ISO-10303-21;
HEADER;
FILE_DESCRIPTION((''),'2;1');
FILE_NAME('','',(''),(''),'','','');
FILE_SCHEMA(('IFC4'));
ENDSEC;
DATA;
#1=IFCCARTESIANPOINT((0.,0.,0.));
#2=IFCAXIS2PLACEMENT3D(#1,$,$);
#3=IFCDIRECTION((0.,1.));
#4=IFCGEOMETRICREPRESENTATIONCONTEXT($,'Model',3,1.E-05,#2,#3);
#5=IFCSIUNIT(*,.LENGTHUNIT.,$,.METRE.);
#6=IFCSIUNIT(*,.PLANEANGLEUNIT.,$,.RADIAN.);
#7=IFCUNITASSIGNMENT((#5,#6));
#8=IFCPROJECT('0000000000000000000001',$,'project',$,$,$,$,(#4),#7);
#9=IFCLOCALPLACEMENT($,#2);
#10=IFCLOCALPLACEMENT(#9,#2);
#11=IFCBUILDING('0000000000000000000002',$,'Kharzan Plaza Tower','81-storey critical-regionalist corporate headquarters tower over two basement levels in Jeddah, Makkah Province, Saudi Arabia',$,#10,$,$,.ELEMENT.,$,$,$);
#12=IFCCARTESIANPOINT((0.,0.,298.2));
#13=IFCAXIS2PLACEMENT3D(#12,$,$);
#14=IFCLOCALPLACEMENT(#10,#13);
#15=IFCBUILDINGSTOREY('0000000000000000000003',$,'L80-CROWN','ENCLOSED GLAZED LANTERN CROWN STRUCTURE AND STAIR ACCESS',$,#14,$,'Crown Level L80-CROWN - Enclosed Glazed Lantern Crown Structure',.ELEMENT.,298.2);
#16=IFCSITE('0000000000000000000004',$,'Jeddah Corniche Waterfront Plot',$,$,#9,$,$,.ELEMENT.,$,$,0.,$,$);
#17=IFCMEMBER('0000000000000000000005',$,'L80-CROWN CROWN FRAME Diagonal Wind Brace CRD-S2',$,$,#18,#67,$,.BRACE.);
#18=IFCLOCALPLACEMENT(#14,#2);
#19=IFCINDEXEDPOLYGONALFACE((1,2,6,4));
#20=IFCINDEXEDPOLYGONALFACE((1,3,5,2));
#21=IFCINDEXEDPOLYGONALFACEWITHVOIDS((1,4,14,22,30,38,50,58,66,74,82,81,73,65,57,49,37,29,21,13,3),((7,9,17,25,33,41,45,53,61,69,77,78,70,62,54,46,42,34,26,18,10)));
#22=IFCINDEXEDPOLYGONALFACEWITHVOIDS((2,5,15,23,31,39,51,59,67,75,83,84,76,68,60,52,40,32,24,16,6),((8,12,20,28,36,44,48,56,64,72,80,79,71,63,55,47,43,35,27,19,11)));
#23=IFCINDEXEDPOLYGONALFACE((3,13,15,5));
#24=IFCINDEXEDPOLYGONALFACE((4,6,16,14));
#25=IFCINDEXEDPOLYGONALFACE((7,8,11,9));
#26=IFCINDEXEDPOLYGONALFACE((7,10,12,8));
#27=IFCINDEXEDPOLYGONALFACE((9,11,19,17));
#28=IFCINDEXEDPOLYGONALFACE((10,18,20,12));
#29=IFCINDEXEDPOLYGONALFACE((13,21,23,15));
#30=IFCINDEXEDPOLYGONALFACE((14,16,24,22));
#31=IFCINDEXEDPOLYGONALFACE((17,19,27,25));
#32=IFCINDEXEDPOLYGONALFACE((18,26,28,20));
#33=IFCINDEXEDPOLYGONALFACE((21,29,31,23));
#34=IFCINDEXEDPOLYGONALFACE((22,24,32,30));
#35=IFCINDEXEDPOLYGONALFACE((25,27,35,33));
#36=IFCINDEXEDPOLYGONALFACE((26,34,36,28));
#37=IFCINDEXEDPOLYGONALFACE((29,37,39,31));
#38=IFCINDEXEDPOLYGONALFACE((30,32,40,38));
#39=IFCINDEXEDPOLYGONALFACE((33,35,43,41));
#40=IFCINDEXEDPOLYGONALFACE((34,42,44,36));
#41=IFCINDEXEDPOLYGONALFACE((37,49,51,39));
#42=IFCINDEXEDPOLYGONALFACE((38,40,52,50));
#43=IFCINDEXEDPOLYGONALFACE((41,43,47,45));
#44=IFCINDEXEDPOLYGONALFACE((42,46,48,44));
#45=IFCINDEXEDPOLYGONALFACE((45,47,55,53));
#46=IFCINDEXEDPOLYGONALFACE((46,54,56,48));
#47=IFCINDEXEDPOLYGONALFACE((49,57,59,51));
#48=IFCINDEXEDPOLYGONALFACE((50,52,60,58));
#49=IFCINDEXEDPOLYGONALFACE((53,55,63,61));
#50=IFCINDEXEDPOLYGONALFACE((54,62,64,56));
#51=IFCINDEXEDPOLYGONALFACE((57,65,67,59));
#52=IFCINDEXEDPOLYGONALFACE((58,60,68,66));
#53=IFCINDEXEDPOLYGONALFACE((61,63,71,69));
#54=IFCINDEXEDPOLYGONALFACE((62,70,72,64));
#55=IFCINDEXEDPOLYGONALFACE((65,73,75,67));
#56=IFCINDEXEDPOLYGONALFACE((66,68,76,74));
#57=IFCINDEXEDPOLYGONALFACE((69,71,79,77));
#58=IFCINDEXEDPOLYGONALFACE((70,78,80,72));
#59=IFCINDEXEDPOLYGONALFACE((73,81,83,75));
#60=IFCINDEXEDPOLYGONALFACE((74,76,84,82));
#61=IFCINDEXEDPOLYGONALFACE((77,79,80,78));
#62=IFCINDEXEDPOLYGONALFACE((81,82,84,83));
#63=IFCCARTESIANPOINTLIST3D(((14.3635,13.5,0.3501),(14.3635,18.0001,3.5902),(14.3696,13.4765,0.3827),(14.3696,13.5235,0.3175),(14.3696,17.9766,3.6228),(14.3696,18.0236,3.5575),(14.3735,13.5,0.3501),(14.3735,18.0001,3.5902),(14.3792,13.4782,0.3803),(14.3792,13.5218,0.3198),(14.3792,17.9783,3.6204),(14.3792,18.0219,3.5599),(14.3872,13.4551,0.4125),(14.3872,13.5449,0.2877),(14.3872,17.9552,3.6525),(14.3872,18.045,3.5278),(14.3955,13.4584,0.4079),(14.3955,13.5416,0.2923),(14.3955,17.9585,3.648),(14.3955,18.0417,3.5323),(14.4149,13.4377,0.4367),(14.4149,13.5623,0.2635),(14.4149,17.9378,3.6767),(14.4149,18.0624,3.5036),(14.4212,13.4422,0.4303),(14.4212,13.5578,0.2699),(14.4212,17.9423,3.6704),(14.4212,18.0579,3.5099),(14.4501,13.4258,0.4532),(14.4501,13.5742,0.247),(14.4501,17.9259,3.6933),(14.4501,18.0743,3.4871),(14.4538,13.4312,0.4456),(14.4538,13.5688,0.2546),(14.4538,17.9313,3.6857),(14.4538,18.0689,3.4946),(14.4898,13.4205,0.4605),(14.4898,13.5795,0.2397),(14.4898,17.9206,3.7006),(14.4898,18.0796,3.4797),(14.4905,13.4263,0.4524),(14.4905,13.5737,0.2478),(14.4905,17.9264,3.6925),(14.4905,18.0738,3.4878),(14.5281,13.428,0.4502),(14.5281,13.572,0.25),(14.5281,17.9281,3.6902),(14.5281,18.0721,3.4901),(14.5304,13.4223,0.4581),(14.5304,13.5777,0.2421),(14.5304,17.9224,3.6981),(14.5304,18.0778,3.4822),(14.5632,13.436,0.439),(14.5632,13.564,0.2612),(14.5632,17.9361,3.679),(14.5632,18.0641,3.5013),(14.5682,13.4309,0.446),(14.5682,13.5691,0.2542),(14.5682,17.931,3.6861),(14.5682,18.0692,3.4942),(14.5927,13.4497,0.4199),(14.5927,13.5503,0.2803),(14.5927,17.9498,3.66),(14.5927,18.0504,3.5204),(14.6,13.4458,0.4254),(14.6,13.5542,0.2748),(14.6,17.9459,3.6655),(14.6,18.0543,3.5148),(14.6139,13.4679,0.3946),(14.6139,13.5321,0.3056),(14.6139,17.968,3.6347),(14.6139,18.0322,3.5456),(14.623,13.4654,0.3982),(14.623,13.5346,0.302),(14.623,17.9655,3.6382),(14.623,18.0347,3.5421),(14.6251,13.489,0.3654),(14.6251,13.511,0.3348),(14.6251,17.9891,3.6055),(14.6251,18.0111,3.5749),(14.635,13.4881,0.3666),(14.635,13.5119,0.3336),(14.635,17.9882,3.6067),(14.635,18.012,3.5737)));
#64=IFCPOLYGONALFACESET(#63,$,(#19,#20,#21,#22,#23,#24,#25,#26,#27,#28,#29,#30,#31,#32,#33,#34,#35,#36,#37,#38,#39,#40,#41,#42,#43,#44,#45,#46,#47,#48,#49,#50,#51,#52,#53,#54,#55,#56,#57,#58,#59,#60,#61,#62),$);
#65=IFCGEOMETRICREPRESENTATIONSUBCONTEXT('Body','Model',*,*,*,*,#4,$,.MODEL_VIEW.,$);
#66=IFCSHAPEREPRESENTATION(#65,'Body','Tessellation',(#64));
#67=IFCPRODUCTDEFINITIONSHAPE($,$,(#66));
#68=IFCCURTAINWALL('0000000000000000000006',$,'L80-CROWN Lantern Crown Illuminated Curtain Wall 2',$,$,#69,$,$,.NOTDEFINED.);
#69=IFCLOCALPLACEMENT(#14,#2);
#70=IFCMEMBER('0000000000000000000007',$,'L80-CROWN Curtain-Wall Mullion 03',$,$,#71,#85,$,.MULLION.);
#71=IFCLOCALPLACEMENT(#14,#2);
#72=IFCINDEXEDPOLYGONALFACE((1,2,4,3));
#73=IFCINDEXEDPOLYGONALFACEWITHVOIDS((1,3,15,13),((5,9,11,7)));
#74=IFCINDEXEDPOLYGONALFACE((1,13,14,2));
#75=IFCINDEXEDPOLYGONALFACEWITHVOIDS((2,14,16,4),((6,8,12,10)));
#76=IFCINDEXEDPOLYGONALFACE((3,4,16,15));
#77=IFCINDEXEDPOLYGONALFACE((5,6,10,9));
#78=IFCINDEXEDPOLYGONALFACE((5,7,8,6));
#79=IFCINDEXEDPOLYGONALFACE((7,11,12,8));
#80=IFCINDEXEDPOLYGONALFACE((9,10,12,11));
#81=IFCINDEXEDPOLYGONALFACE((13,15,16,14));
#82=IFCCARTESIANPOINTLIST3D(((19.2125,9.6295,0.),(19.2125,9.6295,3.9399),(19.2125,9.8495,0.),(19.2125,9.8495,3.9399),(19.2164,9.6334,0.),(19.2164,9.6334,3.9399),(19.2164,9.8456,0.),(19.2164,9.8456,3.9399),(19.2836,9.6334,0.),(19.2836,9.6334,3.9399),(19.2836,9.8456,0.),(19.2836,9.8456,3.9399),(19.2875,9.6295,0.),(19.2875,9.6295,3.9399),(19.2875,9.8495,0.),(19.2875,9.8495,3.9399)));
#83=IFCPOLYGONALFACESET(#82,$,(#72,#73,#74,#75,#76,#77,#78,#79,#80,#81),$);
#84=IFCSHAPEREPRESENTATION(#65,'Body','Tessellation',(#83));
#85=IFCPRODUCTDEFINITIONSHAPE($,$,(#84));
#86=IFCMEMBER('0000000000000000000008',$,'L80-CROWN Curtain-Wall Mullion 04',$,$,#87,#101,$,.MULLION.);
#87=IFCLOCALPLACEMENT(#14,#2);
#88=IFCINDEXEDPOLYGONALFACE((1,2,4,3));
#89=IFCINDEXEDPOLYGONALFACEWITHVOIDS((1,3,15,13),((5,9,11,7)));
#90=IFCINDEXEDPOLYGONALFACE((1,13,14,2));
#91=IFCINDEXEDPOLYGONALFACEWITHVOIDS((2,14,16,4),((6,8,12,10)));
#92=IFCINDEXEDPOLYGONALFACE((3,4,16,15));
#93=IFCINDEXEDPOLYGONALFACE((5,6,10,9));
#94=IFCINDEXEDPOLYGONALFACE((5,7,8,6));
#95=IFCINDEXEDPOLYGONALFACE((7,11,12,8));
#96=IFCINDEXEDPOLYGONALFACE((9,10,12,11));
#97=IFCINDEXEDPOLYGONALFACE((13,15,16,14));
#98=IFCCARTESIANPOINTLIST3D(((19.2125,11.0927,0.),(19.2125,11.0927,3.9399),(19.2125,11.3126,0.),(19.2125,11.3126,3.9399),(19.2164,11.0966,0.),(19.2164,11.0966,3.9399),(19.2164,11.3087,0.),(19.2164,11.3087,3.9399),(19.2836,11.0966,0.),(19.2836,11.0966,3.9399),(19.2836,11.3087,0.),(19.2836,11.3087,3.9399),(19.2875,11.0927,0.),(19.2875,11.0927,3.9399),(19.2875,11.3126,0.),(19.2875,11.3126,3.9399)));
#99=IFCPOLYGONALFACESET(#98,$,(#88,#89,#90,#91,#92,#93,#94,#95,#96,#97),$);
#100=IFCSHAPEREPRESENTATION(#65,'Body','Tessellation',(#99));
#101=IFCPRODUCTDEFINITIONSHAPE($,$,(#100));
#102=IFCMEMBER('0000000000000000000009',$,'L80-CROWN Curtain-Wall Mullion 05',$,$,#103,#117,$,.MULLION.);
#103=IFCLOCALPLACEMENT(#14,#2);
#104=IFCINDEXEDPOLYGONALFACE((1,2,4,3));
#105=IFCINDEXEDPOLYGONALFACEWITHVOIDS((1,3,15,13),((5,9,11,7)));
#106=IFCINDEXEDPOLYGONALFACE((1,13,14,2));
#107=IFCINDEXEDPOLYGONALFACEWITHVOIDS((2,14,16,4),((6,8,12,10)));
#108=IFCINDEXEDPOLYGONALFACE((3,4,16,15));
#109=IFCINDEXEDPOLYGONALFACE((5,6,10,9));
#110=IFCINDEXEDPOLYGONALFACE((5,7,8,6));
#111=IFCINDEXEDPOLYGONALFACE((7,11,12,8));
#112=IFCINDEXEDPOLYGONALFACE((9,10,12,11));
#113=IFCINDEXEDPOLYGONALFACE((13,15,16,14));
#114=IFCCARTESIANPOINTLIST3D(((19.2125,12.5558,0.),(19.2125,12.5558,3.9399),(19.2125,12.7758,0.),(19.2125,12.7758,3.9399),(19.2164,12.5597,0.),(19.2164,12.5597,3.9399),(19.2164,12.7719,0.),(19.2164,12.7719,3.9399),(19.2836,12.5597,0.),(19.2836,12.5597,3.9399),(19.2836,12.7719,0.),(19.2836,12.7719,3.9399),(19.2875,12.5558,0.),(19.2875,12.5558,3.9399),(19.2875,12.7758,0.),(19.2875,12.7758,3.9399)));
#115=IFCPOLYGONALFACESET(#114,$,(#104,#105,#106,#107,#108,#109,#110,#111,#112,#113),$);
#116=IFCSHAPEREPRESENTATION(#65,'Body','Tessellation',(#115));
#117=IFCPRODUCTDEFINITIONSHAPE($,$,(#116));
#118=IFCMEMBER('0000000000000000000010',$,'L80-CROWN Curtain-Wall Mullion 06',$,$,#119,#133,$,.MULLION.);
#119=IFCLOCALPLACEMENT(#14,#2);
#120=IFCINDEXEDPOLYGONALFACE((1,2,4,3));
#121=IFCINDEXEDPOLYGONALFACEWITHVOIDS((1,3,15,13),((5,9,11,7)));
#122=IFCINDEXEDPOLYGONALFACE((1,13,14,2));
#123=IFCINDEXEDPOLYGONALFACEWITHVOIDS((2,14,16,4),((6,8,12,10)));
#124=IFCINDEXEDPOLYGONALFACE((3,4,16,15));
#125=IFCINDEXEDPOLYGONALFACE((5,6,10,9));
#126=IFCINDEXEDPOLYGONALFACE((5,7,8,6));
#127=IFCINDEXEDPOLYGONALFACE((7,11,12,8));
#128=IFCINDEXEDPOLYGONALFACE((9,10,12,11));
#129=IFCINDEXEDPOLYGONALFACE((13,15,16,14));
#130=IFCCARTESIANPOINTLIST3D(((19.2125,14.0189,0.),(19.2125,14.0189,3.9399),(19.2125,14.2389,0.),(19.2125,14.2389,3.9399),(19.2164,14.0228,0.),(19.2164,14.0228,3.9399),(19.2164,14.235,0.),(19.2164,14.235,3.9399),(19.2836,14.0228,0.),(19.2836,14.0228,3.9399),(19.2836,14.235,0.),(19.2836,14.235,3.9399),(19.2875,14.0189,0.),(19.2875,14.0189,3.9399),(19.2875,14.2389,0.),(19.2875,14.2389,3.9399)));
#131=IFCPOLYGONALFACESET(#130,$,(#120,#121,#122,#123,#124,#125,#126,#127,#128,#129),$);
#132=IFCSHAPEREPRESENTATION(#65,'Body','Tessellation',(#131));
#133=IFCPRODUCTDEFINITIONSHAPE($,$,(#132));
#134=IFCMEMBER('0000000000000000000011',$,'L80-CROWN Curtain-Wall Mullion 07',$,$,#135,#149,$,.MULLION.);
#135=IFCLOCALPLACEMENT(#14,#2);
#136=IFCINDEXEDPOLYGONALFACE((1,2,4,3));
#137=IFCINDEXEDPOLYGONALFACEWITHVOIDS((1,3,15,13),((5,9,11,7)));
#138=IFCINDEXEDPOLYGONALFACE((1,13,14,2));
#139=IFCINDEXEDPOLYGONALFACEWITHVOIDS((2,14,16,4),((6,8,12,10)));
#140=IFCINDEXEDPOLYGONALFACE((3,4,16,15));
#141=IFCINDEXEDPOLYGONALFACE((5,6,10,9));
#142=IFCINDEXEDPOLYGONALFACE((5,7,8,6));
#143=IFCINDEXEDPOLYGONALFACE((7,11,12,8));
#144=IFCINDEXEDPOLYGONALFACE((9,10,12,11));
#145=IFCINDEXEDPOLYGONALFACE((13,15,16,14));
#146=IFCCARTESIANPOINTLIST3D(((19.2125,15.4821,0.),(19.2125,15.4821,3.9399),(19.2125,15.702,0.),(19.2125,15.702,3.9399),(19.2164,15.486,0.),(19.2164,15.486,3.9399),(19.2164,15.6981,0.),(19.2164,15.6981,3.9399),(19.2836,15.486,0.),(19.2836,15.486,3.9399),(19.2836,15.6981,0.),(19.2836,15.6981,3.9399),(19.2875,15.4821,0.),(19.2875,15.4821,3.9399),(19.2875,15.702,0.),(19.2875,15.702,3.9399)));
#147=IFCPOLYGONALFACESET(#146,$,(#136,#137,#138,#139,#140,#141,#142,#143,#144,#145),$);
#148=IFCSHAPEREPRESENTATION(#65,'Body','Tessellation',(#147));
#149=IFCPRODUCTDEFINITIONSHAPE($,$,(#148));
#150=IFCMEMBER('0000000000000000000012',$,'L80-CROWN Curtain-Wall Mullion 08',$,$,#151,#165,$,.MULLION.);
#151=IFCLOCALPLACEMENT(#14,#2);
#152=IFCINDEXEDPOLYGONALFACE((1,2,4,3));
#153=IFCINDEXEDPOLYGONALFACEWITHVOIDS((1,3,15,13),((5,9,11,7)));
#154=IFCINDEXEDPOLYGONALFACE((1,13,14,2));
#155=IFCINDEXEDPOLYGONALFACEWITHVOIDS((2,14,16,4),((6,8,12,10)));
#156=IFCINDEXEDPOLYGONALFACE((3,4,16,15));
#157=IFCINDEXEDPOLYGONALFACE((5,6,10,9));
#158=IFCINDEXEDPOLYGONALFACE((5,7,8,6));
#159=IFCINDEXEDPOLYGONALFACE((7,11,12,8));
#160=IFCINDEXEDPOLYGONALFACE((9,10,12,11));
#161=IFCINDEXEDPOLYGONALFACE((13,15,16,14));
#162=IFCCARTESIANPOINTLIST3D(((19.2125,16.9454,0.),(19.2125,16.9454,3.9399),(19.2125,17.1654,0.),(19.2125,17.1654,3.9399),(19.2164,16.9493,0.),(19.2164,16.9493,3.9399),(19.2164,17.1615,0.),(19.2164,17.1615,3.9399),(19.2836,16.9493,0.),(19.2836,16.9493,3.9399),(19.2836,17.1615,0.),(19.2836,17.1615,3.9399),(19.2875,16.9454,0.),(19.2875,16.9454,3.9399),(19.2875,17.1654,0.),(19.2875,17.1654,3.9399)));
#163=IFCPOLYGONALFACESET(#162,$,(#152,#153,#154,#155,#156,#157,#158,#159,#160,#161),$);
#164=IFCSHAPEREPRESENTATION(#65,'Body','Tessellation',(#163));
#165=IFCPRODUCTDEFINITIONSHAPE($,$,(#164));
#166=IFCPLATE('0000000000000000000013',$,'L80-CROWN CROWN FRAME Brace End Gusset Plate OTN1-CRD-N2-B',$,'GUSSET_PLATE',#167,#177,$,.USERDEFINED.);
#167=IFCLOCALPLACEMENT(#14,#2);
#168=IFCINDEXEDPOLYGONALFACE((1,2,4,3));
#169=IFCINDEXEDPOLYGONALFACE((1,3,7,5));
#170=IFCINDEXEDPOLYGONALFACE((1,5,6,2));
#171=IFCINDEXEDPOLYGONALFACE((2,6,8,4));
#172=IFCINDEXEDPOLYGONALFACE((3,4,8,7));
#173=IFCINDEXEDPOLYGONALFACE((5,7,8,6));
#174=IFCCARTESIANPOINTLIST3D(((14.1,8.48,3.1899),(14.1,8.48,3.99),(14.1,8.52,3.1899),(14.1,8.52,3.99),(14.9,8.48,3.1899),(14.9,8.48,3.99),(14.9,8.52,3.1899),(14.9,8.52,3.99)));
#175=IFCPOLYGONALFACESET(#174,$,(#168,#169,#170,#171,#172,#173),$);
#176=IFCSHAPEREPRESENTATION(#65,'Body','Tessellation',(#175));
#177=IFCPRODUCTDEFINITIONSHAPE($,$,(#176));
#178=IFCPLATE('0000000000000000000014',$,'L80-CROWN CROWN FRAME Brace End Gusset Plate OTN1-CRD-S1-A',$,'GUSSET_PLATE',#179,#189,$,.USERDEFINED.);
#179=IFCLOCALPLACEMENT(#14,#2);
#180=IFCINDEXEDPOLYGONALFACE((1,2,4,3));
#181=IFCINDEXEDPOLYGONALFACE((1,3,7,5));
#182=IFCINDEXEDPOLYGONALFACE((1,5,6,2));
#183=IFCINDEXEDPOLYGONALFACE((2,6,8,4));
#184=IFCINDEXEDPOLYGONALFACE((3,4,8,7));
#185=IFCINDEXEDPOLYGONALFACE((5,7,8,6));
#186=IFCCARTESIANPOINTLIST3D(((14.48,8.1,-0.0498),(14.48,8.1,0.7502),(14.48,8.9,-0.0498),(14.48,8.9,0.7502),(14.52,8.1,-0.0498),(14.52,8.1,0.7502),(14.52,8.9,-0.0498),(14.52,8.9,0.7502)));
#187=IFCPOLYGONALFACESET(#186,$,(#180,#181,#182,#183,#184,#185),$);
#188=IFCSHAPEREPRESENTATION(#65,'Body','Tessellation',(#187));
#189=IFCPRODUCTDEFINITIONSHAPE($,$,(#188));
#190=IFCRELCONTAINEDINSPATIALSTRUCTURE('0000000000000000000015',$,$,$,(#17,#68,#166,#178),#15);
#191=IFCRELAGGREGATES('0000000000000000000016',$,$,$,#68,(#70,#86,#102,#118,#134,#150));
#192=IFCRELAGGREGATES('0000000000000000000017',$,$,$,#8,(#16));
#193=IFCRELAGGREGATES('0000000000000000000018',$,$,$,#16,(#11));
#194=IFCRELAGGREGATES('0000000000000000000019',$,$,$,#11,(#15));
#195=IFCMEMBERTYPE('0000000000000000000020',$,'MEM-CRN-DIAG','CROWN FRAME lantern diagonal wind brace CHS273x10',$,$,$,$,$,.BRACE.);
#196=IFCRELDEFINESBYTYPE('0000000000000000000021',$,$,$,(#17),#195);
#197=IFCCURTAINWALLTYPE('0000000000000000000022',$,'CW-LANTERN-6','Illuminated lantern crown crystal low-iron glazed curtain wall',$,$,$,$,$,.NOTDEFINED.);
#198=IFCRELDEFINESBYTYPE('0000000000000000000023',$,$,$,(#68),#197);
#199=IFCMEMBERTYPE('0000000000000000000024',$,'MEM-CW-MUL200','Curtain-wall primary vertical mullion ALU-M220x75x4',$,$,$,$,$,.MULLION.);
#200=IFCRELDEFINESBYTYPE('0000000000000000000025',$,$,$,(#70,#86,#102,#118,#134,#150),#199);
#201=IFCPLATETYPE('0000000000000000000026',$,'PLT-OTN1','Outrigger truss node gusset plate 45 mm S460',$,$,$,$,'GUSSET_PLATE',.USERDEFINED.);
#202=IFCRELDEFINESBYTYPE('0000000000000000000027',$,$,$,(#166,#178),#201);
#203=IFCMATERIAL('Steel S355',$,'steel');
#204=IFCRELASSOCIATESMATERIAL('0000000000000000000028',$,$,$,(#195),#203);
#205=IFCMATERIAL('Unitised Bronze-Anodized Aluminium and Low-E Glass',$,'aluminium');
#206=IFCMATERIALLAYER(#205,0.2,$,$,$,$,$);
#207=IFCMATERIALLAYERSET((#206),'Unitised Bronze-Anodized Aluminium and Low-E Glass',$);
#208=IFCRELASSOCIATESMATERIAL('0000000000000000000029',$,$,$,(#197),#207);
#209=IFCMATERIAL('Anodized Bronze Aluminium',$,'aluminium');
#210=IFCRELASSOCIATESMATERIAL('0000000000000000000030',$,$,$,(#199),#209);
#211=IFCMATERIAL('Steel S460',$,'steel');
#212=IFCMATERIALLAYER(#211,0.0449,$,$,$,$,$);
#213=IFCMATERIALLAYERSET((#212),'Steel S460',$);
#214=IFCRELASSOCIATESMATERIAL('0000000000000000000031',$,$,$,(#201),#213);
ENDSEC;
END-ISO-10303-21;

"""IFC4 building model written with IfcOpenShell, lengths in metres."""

from ifc_helpers import new_model, si_unit, direction, frame, origin, origin_2d, place, context, subcontext, project, spatial, rectangle, hollow_rectangle, hollow_circle, extrude, source, transform, mapped, material, layer, layer_set, material_profile, profile_set, type_object, element, aggregate, save


model = new_model("IFC4")

# Units and contexts
model_context = context("Model", 3, precision=1e-05, world=origin(), true_north=direction((0.0, 1.0)))
body_context = subcontext(model_context, "Body", "Model", "MODEL_VIEW")
ifc_project = project(units=[si_unit("LENGTHUNIT", "METRE"), si_unit("PLANEANGLEUNIT", "RADIAN")], contexts=[model_context])

# Site, building, storey
site_placement = place(None, origin())
site = spatial("IfcSite", under=ifc_project, at=site_placement, Name="Jeddah Corniche Waterfront Plot", CompositionType="ELEMENT", RefElevation=0.0)
building_placement = place(site_placement, origin())
building = spatial("IfcBuilding", under=site, at=building_placement, Name="Kharzan Plaza Tower", Description="81-storey critical-regionalist corporate headquarters tower over two basement levels in Jeddah, Makkah Province, Saudi Arabia", CompositionType="ELEMENT")
storey_placement = place(building_placement, frame((0.0, 0.0, 298.2)))
storey = spatial("IfcBuildingStorey", under=building, at=storey_placement, Name="L80-CROWN", Description="ENCLOSED GLAZED LANTERN CROWN STRUCTURE AND STAIR ACCESS", LongName="Crown Level L80-CROWN - Enclosed Glazed Lantern Crown Structure", CompositionType="ELEMENT", Elevation=298.2)

# Shared definitions
ifc_material_1 = material(Name="Steel S355", Category="steel")

# Member
ifc_material_profile_1 = material_profile(ifc_material_1, hollow_circle(Radius=0.1365, WallThickness=0.01, at=origin_2d()), Name="CHS273x10")
ifc_profile_set_1 = profile_set([ifc_material_profile_1], Name="Steel S355")
member_type_1 = type_object("IfcMemberType", Name="MEM-CRN-DIAG", Description="CROWN FRAME lantern diagonal wind brace CHS273x10", PredefinedType="BRACE", material=ifc_profile_set_1)
shared_shape_1 = source(origin(), body_context, "Body", "SweptSolid", [
    extrude(hollow_circle(Radius=0.1365, WallThickness=0.01, at=origin_2d()), origin(), (0.0, 0.0, 1.0), 5.5452),
])
member_1_placement = place(storey_placement, frame((14.5, 13.5, 0.3501), z_axis=(0.0, 0.811535, 0.584304), x_axis=(-1.0, 0.0, 0.0)))
element("IfcMember", 1, at=member_1_placement, inside=storey, type_object=member_type_1, Name="L80-CROWN CROWN FRAME Diagonal Wind Brace CRD-S2", PredefinedType="BRACE", context=body_context, shape_type="MappedRepresentation", body=[
    mapped(shared_shape_1, transform((0.0, 0.0, 0.0), x_axis=(1.0, 0.0, 0.0), y_axis=(0.0, 1.0, 0.0), z_axis=(0.0, 0.0, 1.0))),
])

# Curtain wall, members
ifc_material_2 = material(Name="Unitised Bronze-Anodized Aluminium and Low-E Glass", Category="aluminium")
ifc_layer_1 = layer(ifc_material_2, 0.2)
ifc_layer_set_1 = layer_set([ifc_layer_1], Name="Unitised Bronze-Anodized Aluminium and Low-E Glass")
curtain_wall_type = type_object("IfcCurtainWallType", Name="CW-LANTERN-6", Description="Illuminated lantern crown crystal low-iron glazed curtain wall", PredefinedType="NOTDEFINED", material=ifc_layer_set_1)
curtain_wall_placement = place(storey_placement, origin())
curtain_wall = element("IfcCurtainWall", 2, at=curtain_wall_placement, inside=storey, type_object=curtain_wall_type, Name="L80-CROWN Lantern Crown Illuminated Curtain Wall 2", PredefinedType="NOTDEFINED")
ifc_material_3 = material(Name="Anodized Bronze Aluminium", Category="aluminium")
ifc_material_profile_2 = material_profile(ifc_material_3, hollow_rectangle(XDim=0.075, YDim=0.22, WallThickness=0.0039, at=origin_2d()), Name="ALU-M220x75x4")
ifc_profile_set_2 = profile_set([ifc_material_profile_2], Name="Anodized Bronze Aluminium")
member_type_2 = type_object("IfcMemberType", Name="MEM-CW-MUL200", Description="Curtain-wall primary vertical mullion ALU-M220x75x4", PredefinedType="MULLION", material=ifc_profile_set_2)
shared_shape_2 = source(origin(), body_context, "Body", "SweptSolid", [
    extrude(hollow_rectangle(XDim=0.075, YDim=0.22, WallThickness=0.0039, at=origin_2d()), origin(), (0.0, 0.0, 1.0), 3.9399),
])
member_2_placement = place(storey_placement, frame((19.25, 9.7395, 0.0), z_axis=(0.0, 0.0, 1.0), x_axis=(1.0, 0.0, 0.0)))
member_2 = element("IfcMember", 3, at=member_2_placement, type_object=member_type_2, Name="L80-CROWN Curtain-Wall Mullion 03", PredefinedType="MULLION", context=body_context, shape_type="MappedRepresentation", body=[
    mapped(shared_shape_2, transform((0.0, 0.0, 0.0), x_axis=(1.0, 0.0, 0.0), y_axis=(0.0, 1.0, 0.0), z_axis=(0.0, 0.0, 1.0))),
])
member_3_placement = place(storey_placement, frame((19.25, 11.2026, 0.0), z_axis=(0.0, 0.0, 1.0), x_axis=(1.0, 0.0, 0.0)))
member_3 = element("IfcMember", 4, at=member_3_placement, type_object=member_type_2, Name="L80-CROWN Curtain-Wall Mullion 04", PredefinedType="MULLION", context=body_context, shape_type="MappedRepresentation", body=[
    mapped(shared_shape_2, transform((0.0, 0.0, 0.0), x_axis=(1.0, 0.0, 0.0), y_axis=(0.0, 1.0, 0.0), z_axis=(0.0, 0.0, 1.0))),
])
member_4_placement = place(storey_placement, frame((19.25, 12.6658, 0.0), z_axis=(0.0, 0.0, 1.0), x_axis=(1.0, 0.0, 0.0)))
member_4 = element("IfcMember", 5, at=member_4_placement, type_object=member_type_2, Name="L80-CROWN Curtain-Wall Mullion 05", PredefinedType="MULLION", context=body_context, shape_type="MappedRepresentation", body=[
    mapped(shared_shape_2, transform((0.0, 0.0, 0.0), x_axis=(1.0, 0.0, 0.0), y_axis=(0.0, 1.0, 0.0), z_axis=(0.0, 0.0, 1.0))),
])
member_5_placement = place(storey_placement, frame((19.25, 14.1289, 0.0), z_axis=(0.0, 0.0, 1.0), x_axis=(1.0, 0.0, 0.0)))
member_5 = element("IfcMember", 6, at=member_5_placement, type_object=member_type_2, Name="L80-CROWN Curtain-Wall Mullion 06", PredefinedType="MULLION", context=body_context, shape_type="MappedRepresentation", body=[
    mapped(shared_shape_2, transform((0.0, 0.0, 0.0), x_axis=(1.0, 0.0, 0.0), y_axis=(0.0, 1.0, 0.0), z_axis=(0.0, 0.0, 1.0))),
])
member_6_placement = place(storey_placement, frame((19.25, 15.592, 0.0), z_axis=(0.0, 0.0, 1.0), x_axis=(1.0, 0.0, 0.0)))
member_6 = element("IfcMember", 7, at=member_6_placement, type_object=member_type_2, Name="L80-CROWN Curtain-Wall Mullion 07", PredefinedType="MULLION", context=body_context, shape_type="MappedRepresentation", body=[
    mapped(shared_shape_2, transform((0.0, 0.0, 0.0), x_axis=(1.0, 0.0, 0.0), y_axis=(0.0, 1.0, 0.0), z_axis=(0.0, 0.0, 1.0))),
])
member_7_placement = place(storey_placement, frame((19.25, 17.0554, 0.0), z_axis=(0.0, 0.0, 1.0), x_axis=(1.0, 0.0, 0.0)))
member_7 = element("IfcMember", 8, at=member_7_placement, type_object=member_type_2, Name="L80-CROWN Curtain-Wall Mullion 08", PredefinedType="MULLION", context=body_context, shape_type="MappedRepresentation", body=[
    mapped(shared_shape_2, transform((0.0, 0.0, 0.0), x_axis=(1.0, 0.0, 0.0), y_axis=(0.0, 1.0, 0.0), z_axis=(0.0, 0.0, 1.0))),
])

# Plates
ifc_material_4 = material(Name="Steel S460", Category="steel")
ifc_layer_2 = layer(ifc_material_4, 0.0449)
ifc_layer_set_2 = layer_set([ifc_layer_2], Name="Steel S460")
plate_type_1 = type_object("IfcPlateType", Name="PLT-OTN1", Description="Outrigger truss node gusset plate 45 mm S460", ElementType="GUSSET_PLATE", PredefinedType="USERDEFINED", material=ifc_layer_set_2)
shared_shape_3 = source(origin(), body_context, "Body", "SweptSolid", [
    extrude(rectangle(XDim=0.8, YDim=0.04, at=origin_2d()), origin(), (0.0, 0.0, 1.0), 0.8),
])
for number, where, z_axis, x_axis, name in (
    (9, (14.5, 8.5, 3.1899), (0.0, 0.0, 1.0), (1.0, 0.0, 0.0), "L80-CROWN CROWN FRAME Brace End Gusset Plate OTN1-CRD-N2-B"),
    (10, (14.5, 8.5, -0.0498), (0.0, 0.0, 1.0), (0.0, 1.0, 0.0), "L80-CROWN CROWN FRAME Brace End Gusset Plate OTN1-CRD-S1-A"),
):
    element("IfcPlate", number, at=place(storey_placement, frame(where, z_axis=z_axis, x_axis=x_axis)), inside=storey, type_object=plate_type_1, Name=name, ObjectType="GUSSET_PLATE", PredefinedType="USERDEFINED", context=body_context, shape_type="MappedRepresentation", body=[
        mapped(shared_shape_3, transform((0.0, 0.0, 0.0), x_axis=(1.0, 0.0, 0.0), y_axis=(0.0, 1.0, 0.0), z_axis=(0.0, 0.0, 1.0))),
    ])

aggregate(curtain_wall, [member_2, member_3, member_4, member_5, member_6, member_7])

save(model, "model.ifc")
